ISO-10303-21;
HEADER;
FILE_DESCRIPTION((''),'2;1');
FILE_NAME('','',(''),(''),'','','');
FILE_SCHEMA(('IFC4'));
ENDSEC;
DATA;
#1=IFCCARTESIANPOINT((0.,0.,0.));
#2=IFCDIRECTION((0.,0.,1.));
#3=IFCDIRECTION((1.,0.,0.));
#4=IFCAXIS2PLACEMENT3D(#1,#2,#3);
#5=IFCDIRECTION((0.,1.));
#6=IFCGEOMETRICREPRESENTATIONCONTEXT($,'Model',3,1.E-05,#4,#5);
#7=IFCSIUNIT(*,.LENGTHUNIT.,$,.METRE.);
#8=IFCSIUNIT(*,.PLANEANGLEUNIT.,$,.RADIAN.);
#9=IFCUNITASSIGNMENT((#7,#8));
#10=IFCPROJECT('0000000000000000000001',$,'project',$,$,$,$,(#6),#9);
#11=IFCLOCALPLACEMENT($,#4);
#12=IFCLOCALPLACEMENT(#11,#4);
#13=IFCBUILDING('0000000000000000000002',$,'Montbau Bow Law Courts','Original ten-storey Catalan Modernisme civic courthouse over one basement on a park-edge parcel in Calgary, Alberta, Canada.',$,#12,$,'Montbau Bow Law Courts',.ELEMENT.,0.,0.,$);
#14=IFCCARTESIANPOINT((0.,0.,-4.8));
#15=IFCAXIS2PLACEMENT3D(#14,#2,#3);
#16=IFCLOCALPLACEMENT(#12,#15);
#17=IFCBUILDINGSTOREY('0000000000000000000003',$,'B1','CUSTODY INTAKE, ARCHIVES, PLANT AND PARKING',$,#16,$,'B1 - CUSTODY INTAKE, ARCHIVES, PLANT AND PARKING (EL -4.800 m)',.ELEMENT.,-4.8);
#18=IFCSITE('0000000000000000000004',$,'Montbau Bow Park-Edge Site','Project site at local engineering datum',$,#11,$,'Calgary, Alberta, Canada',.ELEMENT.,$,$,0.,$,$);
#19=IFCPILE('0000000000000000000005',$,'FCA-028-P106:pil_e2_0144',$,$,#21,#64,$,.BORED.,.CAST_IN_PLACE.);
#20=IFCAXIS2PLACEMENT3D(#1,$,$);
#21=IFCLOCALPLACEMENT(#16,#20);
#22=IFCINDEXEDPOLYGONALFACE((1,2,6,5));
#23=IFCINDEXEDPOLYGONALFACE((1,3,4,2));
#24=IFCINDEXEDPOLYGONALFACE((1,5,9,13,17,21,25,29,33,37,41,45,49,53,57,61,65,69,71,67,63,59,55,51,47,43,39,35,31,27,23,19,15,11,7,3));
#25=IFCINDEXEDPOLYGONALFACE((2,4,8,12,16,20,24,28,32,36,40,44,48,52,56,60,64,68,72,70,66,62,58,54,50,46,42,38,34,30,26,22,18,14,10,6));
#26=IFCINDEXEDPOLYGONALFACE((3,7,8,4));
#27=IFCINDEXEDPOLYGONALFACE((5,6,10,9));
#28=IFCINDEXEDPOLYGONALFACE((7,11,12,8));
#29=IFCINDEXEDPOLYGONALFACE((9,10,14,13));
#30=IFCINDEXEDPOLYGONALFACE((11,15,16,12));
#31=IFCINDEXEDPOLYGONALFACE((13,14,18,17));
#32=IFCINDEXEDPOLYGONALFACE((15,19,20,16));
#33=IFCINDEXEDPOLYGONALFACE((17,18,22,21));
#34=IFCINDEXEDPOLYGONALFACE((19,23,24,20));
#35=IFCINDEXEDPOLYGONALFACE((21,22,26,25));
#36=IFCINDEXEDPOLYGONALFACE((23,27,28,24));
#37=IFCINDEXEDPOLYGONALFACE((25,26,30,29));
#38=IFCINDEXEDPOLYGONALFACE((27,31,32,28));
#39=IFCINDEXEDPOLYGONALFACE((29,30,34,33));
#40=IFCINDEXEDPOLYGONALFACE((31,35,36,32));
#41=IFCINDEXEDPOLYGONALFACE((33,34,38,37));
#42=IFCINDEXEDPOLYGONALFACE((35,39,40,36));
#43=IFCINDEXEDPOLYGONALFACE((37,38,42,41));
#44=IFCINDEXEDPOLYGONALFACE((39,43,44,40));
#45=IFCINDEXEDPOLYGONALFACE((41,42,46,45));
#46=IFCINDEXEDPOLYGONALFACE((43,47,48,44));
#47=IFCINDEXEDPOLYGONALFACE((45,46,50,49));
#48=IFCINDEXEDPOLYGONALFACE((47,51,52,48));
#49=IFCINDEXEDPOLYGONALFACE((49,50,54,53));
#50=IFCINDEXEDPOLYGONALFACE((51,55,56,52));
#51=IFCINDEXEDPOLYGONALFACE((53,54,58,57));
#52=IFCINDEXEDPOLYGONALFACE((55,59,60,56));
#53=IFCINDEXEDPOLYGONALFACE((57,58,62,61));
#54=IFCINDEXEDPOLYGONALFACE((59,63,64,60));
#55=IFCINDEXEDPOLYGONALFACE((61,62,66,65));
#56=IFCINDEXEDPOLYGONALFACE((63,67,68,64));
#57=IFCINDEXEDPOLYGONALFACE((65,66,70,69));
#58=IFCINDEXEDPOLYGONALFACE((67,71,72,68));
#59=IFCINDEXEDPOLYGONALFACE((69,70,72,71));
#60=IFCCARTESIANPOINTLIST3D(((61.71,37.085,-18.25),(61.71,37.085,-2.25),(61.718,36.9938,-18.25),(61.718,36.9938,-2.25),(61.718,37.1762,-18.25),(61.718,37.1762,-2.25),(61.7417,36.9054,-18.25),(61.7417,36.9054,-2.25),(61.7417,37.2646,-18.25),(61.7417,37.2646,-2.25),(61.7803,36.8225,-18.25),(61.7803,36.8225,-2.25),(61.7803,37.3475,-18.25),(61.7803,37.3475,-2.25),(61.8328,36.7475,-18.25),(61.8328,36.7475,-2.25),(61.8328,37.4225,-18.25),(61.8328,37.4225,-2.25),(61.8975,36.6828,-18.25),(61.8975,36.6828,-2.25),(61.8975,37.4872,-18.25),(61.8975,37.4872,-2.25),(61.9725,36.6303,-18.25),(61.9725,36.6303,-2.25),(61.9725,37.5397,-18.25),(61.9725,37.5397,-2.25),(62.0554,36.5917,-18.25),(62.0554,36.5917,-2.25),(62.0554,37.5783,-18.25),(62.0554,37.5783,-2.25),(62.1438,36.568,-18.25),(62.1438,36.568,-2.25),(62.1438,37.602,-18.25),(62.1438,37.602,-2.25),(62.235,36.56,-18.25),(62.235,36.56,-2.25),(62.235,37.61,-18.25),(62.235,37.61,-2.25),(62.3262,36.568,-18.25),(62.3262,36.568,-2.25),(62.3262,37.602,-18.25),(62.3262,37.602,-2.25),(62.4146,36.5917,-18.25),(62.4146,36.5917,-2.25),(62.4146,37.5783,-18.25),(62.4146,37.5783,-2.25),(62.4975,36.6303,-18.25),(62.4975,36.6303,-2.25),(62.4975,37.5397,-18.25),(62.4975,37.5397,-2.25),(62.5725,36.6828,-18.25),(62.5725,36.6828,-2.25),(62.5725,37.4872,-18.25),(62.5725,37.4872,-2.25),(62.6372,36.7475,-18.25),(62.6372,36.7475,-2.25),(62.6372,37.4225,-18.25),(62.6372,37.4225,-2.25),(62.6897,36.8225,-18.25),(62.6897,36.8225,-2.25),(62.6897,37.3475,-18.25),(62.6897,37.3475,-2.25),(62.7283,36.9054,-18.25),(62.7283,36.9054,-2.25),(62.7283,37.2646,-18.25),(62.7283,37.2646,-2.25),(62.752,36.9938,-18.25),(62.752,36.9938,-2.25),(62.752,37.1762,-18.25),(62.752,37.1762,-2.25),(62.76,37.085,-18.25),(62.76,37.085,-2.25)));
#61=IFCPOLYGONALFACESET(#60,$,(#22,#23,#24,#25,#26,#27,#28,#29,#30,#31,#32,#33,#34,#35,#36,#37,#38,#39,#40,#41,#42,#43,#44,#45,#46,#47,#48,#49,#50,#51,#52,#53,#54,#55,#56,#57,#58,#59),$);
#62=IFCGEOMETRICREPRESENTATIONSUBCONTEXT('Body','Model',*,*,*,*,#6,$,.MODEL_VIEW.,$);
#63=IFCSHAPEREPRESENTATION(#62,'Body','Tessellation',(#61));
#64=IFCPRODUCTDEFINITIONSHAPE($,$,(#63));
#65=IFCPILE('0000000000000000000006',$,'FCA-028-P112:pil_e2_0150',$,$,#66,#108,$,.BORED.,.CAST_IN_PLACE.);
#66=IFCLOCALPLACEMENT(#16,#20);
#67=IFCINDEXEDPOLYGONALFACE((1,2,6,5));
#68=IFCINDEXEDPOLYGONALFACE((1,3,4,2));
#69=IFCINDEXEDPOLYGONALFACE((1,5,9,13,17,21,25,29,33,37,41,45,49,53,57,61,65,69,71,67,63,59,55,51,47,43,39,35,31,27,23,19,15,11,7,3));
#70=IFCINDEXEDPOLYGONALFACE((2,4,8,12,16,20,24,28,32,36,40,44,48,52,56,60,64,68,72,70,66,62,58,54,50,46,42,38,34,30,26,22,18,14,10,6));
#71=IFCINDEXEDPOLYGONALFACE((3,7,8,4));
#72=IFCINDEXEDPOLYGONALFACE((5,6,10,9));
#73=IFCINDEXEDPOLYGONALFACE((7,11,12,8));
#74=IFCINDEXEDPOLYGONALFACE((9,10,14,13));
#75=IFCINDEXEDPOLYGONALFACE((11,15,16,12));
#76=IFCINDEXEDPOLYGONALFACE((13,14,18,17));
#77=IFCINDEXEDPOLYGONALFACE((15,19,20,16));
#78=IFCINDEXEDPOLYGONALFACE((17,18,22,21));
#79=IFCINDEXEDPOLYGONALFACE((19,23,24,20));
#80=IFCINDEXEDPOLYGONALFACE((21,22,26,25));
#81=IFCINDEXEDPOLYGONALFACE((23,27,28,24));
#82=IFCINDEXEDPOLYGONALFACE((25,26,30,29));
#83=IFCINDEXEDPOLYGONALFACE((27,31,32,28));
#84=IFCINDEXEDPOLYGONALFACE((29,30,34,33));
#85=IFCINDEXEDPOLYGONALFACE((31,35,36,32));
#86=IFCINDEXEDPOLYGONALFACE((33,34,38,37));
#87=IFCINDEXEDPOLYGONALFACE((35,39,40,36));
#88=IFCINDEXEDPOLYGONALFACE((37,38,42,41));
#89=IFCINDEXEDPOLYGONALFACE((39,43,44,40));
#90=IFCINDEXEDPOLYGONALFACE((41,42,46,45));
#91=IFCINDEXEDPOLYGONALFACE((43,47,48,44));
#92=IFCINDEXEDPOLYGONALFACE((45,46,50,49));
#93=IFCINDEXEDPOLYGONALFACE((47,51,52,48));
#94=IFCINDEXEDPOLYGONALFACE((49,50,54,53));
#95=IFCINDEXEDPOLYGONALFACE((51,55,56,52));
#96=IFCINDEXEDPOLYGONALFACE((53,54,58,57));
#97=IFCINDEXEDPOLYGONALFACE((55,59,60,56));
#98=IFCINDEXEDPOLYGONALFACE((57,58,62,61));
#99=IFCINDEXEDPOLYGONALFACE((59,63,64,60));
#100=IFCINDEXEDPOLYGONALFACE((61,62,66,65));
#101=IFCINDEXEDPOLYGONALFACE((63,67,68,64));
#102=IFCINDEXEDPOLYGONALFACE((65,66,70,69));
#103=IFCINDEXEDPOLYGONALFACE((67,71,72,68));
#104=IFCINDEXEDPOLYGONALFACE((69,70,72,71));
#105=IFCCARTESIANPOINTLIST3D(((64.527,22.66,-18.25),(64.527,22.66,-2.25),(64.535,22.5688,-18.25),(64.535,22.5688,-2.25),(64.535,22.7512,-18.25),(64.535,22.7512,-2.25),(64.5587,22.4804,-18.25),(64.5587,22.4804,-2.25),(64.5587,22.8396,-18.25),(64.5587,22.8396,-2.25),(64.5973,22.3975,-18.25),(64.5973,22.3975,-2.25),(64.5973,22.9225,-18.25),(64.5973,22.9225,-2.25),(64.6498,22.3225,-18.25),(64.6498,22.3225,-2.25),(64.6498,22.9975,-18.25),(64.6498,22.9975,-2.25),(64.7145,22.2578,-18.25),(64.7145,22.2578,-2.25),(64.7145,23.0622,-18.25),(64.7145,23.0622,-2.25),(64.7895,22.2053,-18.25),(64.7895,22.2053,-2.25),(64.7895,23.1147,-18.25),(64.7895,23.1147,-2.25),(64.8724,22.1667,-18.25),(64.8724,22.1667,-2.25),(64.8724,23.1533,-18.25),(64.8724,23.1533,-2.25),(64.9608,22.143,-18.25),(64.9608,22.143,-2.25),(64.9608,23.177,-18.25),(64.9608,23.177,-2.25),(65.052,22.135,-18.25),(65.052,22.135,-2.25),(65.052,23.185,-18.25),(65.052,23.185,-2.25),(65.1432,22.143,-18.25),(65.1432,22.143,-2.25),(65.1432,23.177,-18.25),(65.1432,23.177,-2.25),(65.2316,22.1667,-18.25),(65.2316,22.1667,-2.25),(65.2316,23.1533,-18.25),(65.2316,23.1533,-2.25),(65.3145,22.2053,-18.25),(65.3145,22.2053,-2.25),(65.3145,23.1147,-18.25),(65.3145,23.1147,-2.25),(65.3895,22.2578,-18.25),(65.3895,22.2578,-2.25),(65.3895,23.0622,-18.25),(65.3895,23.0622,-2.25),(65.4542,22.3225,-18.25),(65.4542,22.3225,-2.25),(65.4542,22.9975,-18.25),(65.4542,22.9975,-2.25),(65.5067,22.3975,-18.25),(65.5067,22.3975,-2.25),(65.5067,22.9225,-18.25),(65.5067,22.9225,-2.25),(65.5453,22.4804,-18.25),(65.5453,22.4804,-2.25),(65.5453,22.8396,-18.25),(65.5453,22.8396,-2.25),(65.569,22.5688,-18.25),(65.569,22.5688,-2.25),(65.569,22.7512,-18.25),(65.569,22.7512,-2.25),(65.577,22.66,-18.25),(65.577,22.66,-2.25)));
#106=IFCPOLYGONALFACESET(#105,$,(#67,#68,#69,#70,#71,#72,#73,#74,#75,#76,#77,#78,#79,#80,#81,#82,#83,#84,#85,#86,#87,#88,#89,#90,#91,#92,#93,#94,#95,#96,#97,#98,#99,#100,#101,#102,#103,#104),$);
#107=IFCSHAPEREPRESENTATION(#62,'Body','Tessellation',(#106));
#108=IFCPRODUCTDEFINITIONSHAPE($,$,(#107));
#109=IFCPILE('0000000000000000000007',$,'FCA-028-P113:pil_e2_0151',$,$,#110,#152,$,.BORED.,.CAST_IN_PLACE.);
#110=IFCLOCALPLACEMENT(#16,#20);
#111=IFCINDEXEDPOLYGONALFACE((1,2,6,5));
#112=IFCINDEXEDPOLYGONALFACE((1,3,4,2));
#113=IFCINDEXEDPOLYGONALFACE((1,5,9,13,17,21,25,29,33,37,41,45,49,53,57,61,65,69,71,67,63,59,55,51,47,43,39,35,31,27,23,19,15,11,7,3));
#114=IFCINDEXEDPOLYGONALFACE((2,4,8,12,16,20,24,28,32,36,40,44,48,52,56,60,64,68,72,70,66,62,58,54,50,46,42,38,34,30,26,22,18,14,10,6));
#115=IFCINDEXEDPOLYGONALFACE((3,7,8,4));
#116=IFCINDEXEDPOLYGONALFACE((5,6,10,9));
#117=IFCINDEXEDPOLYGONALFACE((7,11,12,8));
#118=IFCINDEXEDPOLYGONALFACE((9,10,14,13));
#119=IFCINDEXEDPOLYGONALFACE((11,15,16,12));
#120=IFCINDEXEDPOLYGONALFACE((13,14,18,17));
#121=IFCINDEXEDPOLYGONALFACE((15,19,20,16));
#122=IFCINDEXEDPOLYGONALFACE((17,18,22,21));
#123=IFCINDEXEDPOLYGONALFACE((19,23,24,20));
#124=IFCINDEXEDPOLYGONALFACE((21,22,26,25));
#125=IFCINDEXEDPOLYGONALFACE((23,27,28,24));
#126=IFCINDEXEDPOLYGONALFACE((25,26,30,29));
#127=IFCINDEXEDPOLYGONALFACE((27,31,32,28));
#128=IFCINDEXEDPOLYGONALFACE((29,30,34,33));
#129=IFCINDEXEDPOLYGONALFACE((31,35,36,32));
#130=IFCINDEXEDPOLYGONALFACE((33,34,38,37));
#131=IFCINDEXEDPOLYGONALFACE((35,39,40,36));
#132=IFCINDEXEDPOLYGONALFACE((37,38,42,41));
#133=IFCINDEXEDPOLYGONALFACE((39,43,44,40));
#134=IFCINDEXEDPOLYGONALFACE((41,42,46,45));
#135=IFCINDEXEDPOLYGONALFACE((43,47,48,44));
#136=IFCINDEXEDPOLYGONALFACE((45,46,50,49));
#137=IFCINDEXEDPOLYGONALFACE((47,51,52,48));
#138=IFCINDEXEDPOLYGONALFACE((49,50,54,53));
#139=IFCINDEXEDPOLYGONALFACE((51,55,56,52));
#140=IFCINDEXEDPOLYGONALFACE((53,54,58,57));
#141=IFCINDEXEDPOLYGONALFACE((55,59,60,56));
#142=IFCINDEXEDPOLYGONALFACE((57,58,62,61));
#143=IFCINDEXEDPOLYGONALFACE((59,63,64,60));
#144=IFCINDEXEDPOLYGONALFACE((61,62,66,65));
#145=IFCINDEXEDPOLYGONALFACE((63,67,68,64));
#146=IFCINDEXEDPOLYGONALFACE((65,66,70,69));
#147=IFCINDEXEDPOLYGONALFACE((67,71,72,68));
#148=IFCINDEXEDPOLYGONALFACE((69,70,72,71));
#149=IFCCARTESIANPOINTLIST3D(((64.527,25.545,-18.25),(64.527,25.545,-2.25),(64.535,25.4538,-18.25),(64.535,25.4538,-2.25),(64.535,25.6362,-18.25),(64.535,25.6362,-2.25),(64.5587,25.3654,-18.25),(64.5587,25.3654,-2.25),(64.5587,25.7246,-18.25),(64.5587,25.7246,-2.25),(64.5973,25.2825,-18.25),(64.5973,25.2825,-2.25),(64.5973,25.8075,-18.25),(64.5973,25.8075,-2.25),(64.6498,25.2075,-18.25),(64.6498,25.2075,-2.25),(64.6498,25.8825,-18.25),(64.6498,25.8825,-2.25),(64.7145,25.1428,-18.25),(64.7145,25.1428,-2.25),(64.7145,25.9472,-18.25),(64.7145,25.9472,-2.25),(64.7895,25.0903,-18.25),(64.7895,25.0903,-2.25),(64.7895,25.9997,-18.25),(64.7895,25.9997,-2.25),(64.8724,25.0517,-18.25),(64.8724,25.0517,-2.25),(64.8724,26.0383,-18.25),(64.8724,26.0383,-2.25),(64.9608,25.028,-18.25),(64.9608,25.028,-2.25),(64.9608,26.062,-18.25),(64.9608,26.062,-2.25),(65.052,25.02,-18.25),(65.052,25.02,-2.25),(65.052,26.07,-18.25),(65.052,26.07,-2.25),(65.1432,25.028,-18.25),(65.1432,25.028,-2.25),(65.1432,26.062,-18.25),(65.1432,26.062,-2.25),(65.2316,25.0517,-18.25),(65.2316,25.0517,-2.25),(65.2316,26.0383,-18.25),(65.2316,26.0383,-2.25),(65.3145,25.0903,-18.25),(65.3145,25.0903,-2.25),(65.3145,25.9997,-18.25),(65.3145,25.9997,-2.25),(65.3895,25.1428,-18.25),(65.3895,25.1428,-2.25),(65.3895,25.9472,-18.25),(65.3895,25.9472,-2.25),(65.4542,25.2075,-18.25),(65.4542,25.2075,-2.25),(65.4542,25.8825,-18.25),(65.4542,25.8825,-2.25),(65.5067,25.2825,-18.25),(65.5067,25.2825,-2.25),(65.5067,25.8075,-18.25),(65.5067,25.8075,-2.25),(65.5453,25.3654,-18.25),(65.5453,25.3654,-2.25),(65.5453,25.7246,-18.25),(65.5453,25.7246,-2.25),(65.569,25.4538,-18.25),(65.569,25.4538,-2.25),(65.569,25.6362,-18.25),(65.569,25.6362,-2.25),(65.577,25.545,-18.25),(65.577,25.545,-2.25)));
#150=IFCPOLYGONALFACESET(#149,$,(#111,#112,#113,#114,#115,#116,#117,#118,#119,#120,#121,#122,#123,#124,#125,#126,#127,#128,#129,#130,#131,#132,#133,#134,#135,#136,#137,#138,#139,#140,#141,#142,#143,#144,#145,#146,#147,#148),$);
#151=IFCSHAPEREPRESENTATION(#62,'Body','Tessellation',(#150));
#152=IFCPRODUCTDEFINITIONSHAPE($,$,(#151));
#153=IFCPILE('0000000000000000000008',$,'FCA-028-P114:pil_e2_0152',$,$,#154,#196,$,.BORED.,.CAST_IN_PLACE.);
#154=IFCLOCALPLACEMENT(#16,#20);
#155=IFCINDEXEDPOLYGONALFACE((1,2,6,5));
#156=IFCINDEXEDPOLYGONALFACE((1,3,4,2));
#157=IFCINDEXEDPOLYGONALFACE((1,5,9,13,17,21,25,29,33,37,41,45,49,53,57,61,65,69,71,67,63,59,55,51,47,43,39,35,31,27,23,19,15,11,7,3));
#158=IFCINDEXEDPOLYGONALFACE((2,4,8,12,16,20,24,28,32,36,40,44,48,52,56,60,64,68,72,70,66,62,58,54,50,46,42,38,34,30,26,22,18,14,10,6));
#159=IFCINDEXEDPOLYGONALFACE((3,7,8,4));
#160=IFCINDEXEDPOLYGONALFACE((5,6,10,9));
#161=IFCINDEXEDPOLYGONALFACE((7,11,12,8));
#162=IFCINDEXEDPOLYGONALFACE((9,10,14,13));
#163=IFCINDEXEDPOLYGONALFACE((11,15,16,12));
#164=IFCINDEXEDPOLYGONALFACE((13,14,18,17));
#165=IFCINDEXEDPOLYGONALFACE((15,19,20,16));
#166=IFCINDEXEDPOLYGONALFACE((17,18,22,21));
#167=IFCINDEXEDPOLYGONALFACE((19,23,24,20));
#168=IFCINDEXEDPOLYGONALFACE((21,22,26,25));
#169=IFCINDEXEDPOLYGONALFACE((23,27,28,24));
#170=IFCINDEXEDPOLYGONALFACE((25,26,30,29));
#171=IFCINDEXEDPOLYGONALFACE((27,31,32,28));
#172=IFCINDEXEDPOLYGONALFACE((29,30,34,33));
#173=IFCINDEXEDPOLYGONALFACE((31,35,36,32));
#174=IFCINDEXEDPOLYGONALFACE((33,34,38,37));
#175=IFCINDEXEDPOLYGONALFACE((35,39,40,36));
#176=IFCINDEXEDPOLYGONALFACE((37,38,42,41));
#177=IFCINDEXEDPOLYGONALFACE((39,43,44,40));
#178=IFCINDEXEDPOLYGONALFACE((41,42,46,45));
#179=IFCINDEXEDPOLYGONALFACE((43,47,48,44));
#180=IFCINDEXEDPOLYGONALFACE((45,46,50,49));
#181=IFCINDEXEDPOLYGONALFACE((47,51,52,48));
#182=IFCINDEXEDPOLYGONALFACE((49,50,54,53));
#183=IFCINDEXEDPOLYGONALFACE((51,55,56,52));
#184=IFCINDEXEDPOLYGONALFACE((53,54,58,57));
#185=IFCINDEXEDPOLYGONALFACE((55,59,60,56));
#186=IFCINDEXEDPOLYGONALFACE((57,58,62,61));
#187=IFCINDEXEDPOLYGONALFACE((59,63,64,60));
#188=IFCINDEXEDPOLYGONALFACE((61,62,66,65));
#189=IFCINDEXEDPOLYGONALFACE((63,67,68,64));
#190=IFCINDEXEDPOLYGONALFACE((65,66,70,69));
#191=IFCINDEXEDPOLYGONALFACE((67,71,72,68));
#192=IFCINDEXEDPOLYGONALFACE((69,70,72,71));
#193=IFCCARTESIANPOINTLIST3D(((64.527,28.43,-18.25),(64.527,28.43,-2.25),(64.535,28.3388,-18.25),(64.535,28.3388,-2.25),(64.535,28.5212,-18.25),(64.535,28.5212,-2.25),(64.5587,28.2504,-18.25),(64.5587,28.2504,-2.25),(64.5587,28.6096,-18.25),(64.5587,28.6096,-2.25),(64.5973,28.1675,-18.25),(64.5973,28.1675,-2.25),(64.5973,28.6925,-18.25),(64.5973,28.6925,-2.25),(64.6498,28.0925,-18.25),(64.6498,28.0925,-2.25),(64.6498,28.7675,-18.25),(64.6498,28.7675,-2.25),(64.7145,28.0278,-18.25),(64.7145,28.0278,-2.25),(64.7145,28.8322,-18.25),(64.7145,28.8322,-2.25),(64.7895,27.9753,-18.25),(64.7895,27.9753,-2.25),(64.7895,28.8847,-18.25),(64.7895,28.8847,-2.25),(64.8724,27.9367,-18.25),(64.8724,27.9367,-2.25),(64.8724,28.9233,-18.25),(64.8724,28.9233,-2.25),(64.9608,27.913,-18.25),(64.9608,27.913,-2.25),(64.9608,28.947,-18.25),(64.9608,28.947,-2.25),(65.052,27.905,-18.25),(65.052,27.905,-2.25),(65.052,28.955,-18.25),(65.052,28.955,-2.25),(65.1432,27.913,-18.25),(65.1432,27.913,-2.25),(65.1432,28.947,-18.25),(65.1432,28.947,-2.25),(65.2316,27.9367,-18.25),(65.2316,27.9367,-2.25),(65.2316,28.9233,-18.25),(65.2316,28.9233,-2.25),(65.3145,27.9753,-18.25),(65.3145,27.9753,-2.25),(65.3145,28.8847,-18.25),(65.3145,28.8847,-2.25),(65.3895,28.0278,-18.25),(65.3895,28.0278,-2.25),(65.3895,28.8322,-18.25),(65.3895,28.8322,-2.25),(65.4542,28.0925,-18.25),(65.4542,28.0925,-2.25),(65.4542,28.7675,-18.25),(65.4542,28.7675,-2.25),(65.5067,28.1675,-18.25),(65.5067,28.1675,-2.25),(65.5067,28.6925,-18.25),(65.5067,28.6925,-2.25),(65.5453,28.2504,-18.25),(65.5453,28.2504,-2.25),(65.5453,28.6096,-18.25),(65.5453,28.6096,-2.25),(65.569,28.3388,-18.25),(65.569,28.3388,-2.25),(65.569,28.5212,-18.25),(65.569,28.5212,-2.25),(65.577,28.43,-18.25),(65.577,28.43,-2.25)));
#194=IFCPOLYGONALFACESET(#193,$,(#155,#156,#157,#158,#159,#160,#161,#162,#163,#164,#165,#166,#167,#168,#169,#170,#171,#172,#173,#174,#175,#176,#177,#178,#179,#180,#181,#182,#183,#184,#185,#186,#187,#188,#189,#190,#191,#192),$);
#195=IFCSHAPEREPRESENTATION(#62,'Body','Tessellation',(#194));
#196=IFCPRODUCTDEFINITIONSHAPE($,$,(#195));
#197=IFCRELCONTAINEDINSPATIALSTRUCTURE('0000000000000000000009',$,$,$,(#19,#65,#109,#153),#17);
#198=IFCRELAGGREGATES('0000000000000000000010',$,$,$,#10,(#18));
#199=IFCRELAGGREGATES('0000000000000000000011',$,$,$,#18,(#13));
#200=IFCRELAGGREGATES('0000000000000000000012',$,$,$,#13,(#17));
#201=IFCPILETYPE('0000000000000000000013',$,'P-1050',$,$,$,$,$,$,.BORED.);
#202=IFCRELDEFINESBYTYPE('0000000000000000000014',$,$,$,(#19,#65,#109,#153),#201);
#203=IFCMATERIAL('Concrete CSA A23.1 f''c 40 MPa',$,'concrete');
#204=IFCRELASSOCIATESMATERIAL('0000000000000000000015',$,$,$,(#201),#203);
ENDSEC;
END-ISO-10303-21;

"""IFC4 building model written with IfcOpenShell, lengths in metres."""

from ifc_helpers import new_model, si_unit, direction, frame, origin_with_axes, origin_2d_with_axis, place, context, subcontext, project, spatial, circle, extrude, material, material_profile, profile_set, type_object, element, save


model = new_model("IFC4")

# Units and contexts
model_context = context("Model", 3, precision=1e-05, world=origin_with_axes(), true_north=direction((0.0, 1.0)))
body_context = subcontext(model_context, "Body", "Model", "MODEL_VIEW")
ifc_project = project(units=[si_unit("LENGTHUNIT", "METRE"), si_unit("PLANEANGLEUNIT", "RADIAN")], contexts=[model_context])

# Site, building, storey
site_placement = place(None, origin_with_axes())
site = spatial("IfcSite", under=ifc_project, at=site_placement, Name="Montbau Bow Park-Edge Site", Description="Project site at local engineering datum", LongName="Calgary, Alberta, Canada", CompositionType="ELEMENT", RefElevation=0.0)
building_placement = place(site_placement, origin_with_axes())
building = spatial("IfcBuilding", under=site, at=building_placement, Name="Montbau Bow Law Courts", Description="Original ten-storey Catalan Modernisme civic courthouse over one basement on a park-edge parcel in Calgary, Alberta, Canada.", LongName="Montbau Bow Law Courts", CompositionType="ELEMENT", ElevationOfRefHeight=0.0, ElevationOfTerrain=0.0)
storey_placement = place(building_placement, frame((0.0, 0.0, -4.8), z_axis=(0.0, 0.0, 1.0), x_axis=(1.0, 0.0, 0.0)))
storey = spatial("IfcBuildingStorey", under=building, at=storey_placement, Name="B1", Description="CUSTODY INTAKE, ARCHIVES, PLANT AND PARKING", LongName="B1 - CUSTODY INTAKE, ARCHIVES, PLANT AND PARKING (EL -4.800 m)", CompositionType="ELEMENT", Elevation=-4.8)

# Piles
ifc_material_1 = material(Name="Concrete CSA A23.1 f'c 40 MPa", Category="concrete")
ifc_material_profile_1 = material_profile(ifc_material_1, circle(Radius=0.525, at=origin_2d_with_axis()), Name="BP1050", Category="Main", Priority=0)
ifc_profile_set_1 = profile_set([ifc_material_profile_1], Name="Concrete CSA A23.1 f'c 40 MPa")
pile_type = type_object("IfcPileType", Name="P-1050", PredefinedType="BORED", material=ifc_profile_set_1)
for number, where, z_axis, x_axis, name in (
    (1, (62.235, 37.085, -23.05), (0.0, 0.0, 1.0), (1.0, 0.0, 0.0), "FCA-028-P106:pil_e2_0144"),
    (2, (65.052, 22.66, -23.05), (0.0, 0.0, 1.0), (1.0, 0.0, 0.0), "FCA-028-P112:pil_e2_0150"),
    (3, (65.052, 25.545, -23.05), (0.0, 0.0, 1.0), (1.0, 0.0, 0.0), "FCA-028-P113:pil_e2_0151"),
    (4, (65.052, 28.43, -23.05), (0.0, 0.0, 1.0), (1.0, 0.0, 0.0), "FCA-028-P114:pil_e2_0152"),
):
    element("IfcPile", number, at=place(None, frame(where, z_axis=z_axis, x_axis=x_axis)), inside=storey, type_object=pile_type, Name=name, ConstructionType="CAST_IN_PLACE", PredefinedType="BORED", context=body_context, shape_type="SweptSolid", body=[
        extrude(circle(Radius=0.525, at=origin_2d_with_axis()), origin_with_axes(), (0.0, 0.0, 1.0), 16.0),
    ])

save(model, "model.ifc")
